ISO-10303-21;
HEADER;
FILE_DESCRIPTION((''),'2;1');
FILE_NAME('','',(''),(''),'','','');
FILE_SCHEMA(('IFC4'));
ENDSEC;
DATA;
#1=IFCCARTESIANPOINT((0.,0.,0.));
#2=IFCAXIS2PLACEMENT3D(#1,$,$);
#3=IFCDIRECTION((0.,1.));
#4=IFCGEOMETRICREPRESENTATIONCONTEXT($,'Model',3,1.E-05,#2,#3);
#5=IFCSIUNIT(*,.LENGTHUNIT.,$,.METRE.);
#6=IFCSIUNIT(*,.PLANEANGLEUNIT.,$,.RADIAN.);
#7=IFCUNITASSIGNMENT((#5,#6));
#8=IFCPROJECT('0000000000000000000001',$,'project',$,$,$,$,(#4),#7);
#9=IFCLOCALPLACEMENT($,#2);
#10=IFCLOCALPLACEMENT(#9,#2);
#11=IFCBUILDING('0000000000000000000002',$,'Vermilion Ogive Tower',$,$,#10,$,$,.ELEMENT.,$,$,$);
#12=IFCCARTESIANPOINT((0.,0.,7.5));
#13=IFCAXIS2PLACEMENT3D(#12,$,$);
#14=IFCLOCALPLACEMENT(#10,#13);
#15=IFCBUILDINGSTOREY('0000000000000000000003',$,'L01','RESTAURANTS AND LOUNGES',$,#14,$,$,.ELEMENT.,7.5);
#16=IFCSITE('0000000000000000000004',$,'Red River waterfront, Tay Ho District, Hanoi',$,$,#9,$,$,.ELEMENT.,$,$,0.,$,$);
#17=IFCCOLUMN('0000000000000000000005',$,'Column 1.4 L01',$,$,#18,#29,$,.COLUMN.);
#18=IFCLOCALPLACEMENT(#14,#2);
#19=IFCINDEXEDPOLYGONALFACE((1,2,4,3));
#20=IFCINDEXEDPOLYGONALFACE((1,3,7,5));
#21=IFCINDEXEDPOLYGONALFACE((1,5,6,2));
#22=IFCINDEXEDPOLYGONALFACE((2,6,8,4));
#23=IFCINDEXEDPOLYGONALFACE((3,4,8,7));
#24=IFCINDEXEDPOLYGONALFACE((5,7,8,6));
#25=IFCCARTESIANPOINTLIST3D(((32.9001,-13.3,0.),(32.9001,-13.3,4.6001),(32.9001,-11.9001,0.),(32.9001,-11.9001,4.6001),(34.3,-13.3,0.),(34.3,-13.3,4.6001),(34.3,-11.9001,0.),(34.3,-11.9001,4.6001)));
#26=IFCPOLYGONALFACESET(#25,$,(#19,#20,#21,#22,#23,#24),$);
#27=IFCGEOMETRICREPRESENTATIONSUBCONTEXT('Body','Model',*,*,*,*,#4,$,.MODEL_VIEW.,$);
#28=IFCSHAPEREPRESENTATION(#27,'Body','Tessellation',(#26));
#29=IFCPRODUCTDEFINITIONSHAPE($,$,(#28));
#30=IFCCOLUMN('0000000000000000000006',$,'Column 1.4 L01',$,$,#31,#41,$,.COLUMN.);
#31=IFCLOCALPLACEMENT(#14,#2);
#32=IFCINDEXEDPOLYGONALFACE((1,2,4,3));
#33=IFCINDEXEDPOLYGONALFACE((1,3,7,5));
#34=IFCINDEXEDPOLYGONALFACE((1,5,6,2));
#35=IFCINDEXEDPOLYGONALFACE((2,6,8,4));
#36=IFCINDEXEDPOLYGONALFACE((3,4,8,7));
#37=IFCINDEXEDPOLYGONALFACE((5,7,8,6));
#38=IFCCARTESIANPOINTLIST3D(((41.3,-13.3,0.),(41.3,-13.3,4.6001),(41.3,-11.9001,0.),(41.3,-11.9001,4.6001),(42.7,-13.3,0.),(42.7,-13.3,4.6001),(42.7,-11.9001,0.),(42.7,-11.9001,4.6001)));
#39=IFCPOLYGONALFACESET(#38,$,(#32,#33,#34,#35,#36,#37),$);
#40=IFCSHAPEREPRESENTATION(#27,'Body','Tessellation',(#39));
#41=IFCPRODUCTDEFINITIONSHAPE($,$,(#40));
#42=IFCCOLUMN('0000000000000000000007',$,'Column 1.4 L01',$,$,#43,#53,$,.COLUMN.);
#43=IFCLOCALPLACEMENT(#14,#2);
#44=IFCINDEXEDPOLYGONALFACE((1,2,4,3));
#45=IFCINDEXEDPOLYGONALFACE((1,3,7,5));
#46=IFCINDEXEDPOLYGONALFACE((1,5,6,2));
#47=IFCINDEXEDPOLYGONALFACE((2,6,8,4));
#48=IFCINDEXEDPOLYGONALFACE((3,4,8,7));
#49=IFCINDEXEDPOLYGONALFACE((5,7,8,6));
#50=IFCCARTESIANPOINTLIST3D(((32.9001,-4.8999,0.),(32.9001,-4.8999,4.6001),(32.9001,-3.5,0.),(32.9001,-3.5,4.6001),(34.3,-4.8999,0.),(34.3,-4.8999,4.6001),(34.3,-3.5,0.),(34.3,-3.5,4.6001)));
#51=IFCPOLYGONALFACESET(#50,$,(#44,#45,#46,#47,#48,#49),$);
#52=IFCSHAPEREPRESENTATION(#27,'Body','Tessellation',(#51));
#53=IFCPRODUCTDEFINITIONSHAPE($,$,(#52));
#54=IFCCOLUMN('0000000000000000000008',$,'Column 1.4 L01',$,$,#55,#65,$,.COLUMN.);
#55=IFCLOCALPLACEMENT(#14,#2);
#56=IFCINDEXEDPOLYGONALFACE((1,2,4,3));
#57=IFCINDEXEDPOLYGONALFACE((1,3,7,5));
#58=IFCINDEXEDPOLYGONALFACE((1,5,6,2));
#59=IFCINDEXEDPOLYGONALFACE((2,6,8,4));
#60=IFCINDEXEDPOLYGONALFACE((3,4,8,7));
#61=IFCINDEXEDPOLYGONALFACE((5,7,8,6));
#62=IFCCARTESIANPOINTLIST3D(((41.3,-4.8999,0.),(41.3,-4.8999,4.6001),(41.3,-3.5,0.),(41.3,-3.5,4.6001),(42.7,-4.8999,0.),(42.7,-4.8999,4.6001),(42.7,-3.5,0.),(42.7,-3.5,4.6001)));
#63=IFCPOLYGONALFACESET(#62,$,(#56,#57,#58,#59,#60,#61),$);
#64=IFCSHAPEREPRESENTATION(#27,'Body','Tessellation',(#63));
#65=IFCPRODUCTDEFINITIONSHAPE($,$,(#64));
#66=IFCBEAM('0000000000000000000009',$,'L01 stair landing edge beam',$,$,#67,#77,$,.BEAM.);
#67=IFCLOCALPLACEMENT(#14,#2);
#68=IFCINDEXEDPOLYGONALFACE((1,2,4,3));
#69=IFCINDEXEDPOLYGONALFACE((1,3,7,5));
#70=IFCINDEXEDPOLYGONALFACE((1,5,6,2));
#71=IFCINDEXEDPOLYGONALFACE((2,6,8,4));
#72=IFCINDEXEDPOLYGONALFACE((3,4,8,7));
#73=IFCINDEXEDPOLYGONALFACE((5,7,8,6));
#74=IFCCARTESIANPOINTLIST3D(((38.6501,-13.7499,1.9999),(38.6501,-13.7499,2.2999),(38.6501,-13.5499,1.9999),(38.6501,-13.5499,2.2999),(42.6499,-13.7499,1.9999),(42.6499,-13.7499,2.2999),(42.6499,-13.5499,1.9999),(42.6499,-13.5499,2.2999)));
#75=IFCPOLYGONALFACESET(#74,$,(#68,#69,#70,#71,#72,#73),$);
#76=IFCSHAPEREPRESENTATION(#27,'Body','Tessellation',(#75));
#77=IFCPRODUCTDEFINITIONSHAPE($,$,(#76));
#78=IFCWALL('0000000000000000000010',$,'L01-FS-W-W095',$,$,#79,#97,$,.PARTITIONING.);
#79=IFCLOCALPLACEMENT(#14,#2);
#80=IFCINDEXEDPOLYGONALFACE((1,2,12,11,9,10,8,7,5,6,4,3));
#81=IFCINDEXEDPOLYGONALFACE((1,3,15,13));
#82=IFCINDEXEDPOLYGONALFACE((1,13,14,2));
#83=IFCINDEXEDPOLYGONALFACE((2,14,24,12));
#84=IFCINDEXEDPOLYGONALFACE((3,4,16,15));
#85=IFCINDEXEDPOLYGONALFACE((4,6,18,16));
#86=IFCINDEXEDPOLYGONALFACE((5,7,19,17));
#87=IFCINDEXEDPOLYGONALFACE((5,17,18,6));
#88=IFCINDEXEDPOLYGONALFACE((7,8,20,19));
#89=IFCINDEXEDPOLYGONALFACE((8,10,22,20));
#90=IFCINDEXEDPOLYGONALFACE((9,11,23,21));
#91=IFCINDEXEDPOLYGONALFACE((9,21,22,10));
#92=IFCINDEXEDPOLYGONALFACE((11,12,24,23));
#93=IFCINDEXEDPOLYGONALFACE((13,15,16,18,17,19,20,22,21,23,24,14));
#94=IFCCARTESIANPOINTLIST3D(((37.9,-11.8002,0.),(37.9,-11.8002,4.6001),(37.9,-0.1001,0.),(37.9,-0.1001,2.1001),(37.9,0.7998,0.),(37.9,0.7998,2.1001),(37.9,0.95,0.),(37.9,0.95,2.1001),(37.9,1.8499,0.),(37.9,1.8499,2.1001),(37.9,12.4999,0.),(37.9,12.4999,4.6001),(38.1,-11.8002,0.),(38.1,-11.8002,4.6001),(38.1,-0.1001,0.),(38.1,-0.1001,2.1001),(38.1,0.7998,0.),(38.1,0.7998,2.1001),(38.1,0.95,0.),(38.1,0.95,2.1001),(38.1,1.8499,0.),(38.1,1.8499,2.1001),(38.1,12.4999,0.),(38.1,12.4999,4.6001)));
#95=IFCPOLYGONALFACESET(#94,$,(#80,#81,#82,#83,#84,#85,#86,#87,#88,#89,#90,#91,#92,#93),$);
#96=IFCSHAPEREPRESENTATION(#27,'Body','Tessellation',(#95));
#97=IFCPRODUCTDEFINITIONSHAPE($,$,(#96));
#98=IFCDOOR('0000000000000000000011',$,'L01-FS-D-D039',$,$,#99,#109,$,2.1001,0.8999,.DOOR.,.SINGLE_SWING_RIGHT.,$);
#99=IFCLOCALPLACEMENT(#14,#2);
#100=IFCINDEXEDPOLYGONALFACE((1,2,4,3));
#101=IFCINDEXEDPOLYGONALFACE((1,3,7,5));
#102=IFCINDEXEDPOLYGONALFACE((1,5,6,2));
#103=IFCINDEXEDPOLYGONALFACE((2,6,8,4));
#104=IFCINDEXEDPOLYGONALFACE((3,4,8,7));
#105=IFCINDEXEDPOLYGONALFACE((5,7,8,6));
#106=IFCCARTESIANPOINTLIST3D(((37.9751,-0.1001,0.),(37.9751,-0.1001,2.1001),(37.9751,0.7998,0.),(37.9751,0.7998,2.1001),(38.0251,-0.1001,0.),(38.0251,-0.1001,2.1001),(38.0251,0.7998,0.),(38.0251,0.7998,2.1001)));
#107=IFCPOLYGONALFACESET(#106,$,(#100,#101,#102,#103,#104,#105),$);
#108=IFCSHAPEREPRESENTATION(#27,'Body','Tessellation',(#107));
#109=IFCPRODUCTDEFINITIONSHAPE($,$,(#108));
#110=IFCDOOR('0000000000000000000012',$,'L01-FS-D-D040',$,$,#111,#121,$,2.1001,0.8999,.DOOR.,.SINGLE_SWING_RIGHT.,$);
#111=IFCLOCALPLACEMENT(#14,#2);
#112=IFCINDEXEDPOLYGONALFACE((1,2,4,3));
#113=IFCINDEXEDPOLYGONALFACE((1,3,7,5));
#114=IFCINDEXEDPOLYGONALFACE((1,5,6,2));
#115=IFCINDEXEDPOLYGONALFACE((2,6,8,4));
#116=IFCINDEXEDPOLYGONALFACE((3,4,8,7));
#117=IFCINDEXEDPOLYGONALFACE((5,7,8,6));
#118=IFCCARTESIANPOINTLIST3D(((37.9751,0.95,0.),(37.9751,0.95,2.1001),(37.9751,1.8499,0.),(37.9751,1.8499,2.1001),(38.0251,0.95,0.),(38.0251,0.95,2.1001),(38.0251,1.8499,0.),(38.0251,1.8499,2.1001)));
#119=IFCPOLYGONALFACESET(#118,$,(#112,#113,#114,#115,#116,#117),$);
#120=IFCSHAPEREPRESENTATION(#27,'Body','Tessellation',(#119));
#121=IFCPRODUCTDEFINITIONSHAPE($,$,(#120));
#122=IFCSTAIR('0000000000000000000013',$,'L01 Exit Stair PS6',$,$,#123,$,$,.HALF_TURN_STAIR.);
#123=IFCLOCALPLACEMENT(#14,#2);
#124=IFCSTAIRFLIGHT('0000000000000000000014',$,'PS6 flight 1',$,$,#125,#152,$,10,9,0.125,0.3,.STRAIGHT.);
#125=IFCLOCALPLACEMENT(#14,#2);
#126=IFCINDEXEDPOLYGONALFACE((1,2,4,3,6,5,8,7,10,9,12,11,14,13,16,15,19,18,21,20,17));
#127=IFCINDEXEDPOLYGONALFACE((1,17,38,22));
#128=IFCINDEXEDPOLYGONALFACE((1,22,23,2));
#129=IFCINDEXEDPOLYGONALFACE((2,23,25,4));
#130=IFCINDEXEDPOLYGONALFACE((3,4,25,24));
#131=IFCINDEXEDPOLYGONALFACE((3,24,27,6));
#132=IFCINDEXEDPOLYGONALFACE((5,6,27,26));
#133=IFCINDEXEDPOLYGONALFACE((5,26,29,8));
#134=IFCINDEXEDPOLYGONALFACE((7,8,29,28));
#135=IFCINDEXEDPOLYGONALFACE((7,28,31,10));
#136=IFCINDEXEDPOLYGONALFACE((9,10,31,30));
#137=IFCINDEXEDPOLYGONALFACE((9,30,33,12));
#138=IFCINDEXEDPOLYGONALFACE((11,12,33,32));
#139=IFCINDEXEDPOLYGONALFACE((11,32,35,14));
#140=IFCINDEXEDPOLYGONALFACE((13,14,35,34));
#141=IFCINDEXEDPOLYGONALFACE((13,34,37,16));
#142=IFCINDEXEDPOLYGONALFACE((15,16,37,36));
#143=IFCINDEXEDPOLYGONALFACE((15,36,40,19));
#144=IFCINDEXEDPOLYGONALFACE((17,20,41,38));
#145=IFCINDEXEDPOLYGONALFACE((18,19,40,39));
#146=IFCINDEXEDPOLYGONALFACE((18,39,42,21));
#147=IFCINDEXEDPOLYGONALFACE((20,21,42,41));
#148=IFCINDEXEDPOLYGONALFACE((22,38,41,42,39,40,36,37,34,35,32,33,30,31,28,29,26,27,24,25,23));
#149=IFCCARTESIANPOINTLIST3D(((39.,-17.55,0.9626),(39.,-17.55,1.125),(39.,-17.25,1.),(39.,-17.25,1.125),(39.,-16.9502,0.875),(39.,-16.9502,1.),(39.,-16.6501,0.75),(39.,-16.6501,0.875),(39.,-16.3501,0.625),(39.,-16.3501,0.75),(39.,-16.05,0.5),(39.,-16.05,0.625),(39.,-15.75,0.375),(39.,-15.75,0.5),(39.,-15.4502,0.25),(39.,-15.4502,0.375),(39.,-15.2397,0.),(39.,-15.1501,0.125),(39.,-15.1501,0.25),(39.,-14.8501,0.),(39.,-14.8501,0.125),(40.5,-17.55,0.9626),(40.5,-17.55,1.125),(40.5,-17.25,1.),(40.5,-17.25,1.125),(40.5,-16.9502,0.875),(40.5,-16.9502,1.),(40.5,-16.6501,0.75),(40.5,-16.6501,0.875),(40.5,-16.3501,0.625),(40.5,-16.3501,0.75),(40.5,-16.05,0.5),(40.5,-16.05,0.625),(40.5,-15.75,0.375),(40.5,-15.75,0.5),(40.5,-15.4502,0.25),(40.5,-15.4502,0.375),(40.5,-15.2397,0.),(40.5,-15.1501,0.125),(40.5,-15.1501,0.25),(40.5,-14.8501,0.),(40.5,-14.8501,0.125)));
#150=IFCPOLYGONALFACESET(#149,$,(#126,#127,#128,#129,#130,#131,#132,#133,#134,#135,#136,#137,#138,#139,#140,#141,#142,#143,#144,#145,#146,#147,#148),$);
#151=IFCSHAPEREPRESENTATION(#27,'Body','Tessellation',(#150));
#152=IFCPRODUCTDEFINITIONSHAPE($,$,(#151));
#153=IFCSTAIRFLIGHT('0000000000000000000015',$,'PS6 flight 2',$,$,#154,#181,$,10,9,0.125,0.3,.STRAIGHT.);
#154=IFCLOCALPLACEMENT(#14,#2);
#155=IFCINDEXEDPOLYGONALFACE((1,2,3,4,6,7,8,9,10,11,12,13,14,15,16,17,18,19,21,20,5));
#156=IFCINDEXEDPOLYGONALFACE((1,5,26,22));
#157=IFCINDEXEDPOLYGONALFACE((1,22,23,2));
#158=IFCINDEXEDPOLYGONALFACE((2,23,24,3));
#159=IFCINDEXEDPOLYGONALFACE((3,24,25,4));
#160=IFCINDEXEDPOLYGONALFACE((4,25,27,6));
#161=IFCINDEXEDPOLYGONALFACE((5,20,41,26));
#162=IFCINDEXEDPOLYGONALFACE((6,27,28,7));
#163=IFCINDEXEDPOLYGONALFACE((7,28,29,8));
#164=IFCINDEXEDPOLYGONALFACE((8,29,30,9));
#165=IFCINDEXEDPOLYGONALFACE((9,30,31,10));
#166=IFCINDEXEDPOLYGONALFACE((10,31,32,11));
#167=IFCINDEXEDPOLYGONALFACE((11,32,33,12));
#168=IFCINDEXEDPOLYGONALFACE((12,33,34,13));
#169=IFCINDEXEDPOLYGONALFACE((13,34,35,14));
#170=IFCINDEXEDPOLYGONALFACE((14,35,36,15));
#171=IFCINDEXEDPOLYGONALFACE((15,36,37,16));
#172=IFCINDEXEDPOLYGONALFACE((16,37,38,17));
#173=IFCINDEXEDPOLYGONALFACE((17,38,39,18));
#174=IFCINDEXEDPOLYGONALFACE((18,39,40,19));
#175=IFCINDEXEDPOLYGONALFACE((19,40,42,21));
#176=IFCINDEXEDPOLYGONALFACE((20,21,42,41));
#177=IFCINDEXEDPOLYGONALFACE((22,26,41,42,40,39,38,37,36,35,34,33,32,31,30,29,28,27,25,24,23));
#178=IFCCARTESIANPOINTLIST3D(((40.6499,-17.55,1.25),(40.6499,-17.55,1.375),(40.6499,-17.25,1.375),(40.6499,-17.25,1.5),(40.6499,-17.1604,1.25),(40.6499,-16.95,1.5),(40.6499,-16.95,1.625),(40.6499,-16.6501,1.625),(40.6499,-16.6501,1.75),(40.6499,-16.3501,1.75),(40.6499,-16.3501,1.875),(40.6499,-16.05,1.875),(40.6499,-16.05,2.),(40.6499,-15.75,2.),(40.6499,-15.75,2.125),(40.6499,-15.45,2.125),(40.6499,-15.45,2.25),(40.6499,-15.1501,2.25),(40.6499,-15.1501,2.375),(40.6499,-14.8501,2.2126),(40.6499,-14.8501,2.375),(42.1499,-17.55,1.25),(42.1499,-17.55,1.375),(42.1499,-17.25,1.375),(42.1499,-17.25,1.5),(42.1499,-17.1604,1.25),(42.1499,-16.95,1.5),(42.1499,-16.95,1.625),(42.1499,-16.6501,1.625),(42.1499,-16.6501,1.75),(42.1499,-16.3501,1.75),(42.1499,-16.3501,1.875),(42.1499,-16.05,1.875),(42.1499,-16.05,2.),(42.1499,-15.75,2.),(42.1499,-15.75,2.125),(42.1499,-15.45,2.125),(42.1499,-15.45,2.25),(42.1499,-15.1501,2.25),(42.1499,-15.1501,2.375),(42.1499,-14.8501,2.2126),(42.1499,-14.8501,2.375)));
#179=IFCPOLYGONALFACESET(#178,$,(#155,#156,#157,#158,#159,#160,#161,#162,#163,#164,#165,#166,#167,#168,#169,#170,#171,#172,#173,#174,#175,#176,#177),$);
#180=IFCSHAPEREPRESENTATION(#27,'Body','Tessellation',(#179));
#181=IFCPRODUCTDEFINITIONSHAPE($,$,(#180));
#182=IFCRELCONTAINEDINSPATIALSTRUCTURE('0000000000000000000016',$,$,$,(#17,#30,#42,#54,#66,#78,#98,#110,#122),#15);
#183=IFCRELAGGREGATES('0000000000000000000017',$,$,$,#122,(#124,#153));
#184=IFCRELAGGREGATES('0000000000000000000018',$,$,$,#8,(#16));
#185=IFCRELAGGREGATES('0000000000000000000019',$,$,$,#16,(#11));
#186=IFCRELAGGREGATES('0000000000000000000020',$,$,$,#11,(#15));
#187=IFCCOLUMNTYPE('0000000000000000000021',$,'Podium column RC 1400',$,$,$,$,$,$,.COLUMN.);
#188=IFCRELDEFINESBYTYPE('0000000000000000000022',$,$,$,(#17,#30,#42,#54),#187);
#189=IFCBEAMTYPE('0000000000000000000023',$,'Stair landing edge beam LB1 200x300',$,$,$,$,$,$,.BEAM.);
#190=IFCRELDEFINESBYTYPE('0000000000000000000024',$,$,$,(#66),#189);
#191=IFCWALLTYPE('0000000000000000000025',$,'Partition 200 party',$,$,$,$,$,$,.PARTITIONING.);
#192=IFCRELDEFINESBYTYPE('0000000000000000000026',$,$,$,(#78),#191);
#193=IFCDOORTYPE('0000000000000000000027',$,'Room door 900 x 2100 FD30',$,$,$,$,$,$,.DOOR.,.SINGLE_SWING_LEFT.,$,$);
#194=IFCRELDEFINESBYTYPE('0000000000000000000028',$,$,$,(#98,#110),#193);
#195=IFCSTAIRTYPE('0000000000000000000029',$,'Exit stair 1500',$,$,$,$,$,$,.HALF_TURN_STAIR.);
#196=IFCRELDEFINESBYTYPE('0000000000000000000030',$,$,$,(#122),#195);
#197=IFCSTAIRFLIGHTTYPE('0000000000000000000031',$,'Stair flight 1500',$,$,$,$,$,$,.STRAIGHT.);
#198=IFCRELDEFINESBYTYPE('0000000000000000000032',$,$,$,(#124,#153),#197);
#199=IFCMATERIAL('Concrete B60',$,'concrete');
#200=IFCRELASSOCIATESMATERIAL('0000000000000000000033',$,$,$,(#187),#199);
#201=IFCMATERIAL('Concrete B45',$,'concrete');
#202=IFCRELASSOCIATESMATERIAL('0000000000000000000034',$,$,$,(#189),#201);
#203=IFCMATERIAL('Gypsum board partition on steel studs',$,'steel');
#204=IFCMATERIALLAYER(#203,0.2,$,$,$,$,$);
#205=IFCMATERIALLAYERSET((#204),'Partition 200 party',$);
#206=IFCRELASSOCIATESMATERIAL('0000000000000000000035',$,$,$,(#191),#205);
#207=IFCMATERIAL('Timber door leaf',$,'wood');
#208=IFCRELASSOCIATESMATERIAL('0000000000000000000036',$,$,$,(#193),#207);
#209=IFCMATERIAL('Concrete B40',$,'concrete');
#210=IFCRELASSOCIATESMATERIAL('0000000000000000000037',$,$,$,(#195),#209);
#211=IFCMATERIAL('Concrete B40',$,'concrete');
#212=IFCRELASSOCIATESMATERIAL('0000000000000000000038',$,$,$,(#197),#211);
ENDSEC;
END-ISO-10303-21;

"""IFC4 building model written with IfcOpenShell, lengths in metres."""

from ifc_helpers import new_model, si_unit, direction, frame, frame_2d, origin, origin_2d, place, context, subcontext, project, spatial, polyline, rectangle, outline, extrude, material, layer, layer_set, material_profile, profile_set, type_object, element, fill, aggregate, save


model = new_model("IFC4")

# Units and contexts
model_context = context("Model", 3, precision=1e-05, world=origin(), true_north=direction((0.0, 1.0)))
body_context = subcontext(model_context, "Body", "Model", "MODEL_VIEW")
ifc_project = project(units=[si_unit("LENGTHUNIT", "METRE"), si_unit("PLANEANGLEUNIT", "RADIAN")], contexts=[model_context])

# Site, building, storey
site_placement = place(None, origin())
site = spatial("IfcSite", under=ifc_project, at=site_placement, Name="Red River waterfront, Tay Ho District, Hanoi", CompositionType="ELEMENT", RefElevation=0.0)
building_placement = place(site_placement, origin())
building = spatial("IfcBuilding", under=site, at=building_placement, Name="Vermilion Ogive Tower", CompositionType="ELEMENT")
storey_placement = place(building_placement, frame((0.0, 0.0, 7.5)))
storey = spatial("IfcBuildingStorey", under=building, at=storey_placement, Name="L01", Description="RESTAURANTS AND LOUNGES", CompositionType="ELEMENT", Elevation=7.5)

# Columns
ifc_material_1 = material(Name="Concrete B60", Category="concrete")
ifc_material_profile_1 = material_profile(ifc_material_1, rectangle(XDim=1.3999, YDim=1.3999, at=origin_2d()), Name="RC 1400x1400")
ifc_profile_set_1 = profile_set([ifc_material_profile_1], Name="Concrete B60")
column_type = type_object("IfcColumnType", Name="Podium column RC 1400", PredefinedType="COLUMN", material=ifc_profile_set_1)
for number, where, z_axis, x_axis, name in (
    (1, (33.6001, -12.6001, 0.0), (0.0, 0.0, 1.0), (1.0, 0.0, 0.0), "Column 1.4 L01"),
    (2, (42.0, -12.6001, 0.0), (0.0, 0.0, 1.0), (1.0, 0.0, 0.0), "Column 1.4 L01"),
    (3, (33.6001, -4.2, 0.0), (0.0, 0.0, 1.0), (1.0, 0.0, 0.0), "Column 1.4 L01"),
    (4, (42.0, -4.2, 0.0), (0.0, 0.0, 1.0), (1.0, 0.0, 0.0), "Column 1.4 L01"),
):
    element("IfcColumn", number, at=place(storey_placement, frame(where, z_axis=z_axis, x_axis=x_axis)), inside=storey, type_object=column_type, Name=name, PredefinedType="COLUMN", context=body_context, shape_type="SweptSolid", body=[
        extrude(rectangle(XDim=1.3999, YDim=1.3999, at=origin_2d()), origin(), (0.0, 0.0, 1.0), 4.6001),
    ])

# Beam
ifc_material_2 = material(Name="Concrete B45", Category="concrete")
ifc_material_profile_2 = material_profile(ifc_material_2, rectangle(XDim=0.2, YDim=0.3, at=origin_2d()), Name="RC 200x300")
ifc_profile_set_2 = profile_set([ifc_material_profile_2], Name="Concrete B45")
beam_type = type_object("IfcBeamType", Name="Stair landing edge beam LB1 200x300", PredefinedType="BEAM", material=ifc_profile_set_2)
beam_placement = place(storey_placement, frame((38.6501, -13.6499, 2.1499), z_axis=(1.0, 0.0, 0.0), x_axis=(0.0, 1.0, 0.0)))
element("IfcBeam", 5, at=beam_placement, inside=storey, type_object=beam_type, Name="L01 stair landing edge beam", PredefinedType="BEAM", context=body_context, shape_type="SweptSolid", body=[
    extrude(rectangle(XDim=0.2, YDim=0.3, at=origin_2d()), origin(), (0.0, 0.0, 1.0), 3.9998),
])

# Wall, openings, doors
ifc_material_3 = material(Name="Gypsum board partition on steel studs", Category="steel")
ifc_layer = layer(ifc_material_3, 0.2)
ifc_layer_set = layer_set([ifc_layer], Name="Partition 200 party")
wall_type = type_object("IfcWallType", Name="Partition 200 party", PredefinedType="PARTITIONING", material=ifc_layer_set)
wall_placement = place(storey_placement, frame((38.0, -11.8, 0.0), z_axis=(0.0, 0.0, 1.0), x_axis=(0.0, 1.0, 0.0)))
wall = element("IfcWall", 6, at=wall_placement, inside=storey, type_object=wall_type, Name="L01-FS-W-W095", PredefinedType="PARTITIONING", context=body_context, shape_type="SweptSolid", body=[
    extrude(rectangle(XDim=24.3, YDim=0.2, at=frame_2d((12.1499, 0.0))), origin(), (0.0, 0.0, 1.0), 4.6001),
])
opening_1_placement = place(wall_placement, frame((11.7, 0.0, 0.0)))
opening_1 = element("IfcOpeningElement", 7, at=opening_1_placement, cuts=wall, PredefinedType="OPENING", context=body_context, shape_type="SweptSolid", body=[
    extrude(rectangle(XDim=0.8999, YDim=2.1001, at=frame_2d((0.45, 1.05))), frame((0.0, 0.1099, 0.0), z_axis=(0.0, -1.0, 0.0), x_axis=(1.0, 0.0, 0.0)), (0.0, 0.0, 1.0), 0.22),
])
opening_2_placement = place(wall_placement, frame((12.75, 0.0, 0.0)))
opening_2 = element("IfcOpeningElement", 8, at=opening_2_placement, cuts=wall, PredefinedType="OPENING", context=body_context, shape_type="SweptSolid", body=[
    extrude(rectangle(XDim=0.8999, YDim=2.1001, at=frame_2d((0.45, 1.05))), frame((0.0, 0.1099, 0.0), z_axis=(0.0, -1.0, 0.0), x_axis=(1.0, 0.0, 0.0)), (0.0, 0.0, 1.0), 0.22),
])
ifc_material_4 = material(Name="Timber door leaf", Category="wood")
door_type = type_object("IfcDoorType", Name="Room door 900 x 2100 FD30", OperationType="SINGLE_SWING_LEFT", PredefinedType="DOOR", material=ifc_material_4)
door_1_placement = place(opening_1_placement, origin())
door_1 = element("IfcDoor", 9, at=door_1_placement, inside=storey, type_object=door_type, Name="L01-FS-D-D039", OperationType="SINGLE_SWING_RIGHT", OverallHeight=2.1001, OverallWidth=0.8999, PredefinedType="DOOR", context=body_context, shape_type="SweptSolid", body=[
    extrude(rectangle(XDim=0.8999, YDim=2.1001, at=frame_2d((0.45, 1.05))), frame((0.0, 0.0249, 0.0), z_axis=(0.0, -1.0, 0.0), x_axis=(1.0, 0.0, 0.0)), (0.0, 0.0, 1.0), 0.05),
])
fill(opening_1, door_1)
door_2_placement = place(opening_2_placement, origin())
door_2 = element("IfcDoor", 10, at=door_2_placement, inside=storey, type_object=door_type, Name="L01-FS-D-D040", OperationType="SINGLE_SWING_RIGHT", OverallHeight=2.1001, OverallWidth=0.8999, PredefinedType="DOOR", context=body_context, shape_type="SweptSolid", body=[
    extrude(rectangle(XDim=0.8999, YDim=2.1001, at=frame_2d((0.45, 1.05))), frame((0.0, 0.0249, 0.0), z_axis=(0.0, -1.0, 0.0), x_axis=(1.0, 0.0, 0.0)), (0.0, 0.0, 1.0), 0.05),
])
fill(opening_2, door_2)

# Stair, stair flights
ifc_material_5 = material(Name="Concrete B40", Category="concrete")
stair_type = type_object("IfcStairType", Name="Exit stair 1500", PredefinedType="HALF_TURN_STAIR", material=ifc_material_5)
stair_placement = place(storey_placement, origin())
stair = element("IfcStair", 11, at=stair_placement, inside=storey, type_object=stair_type, Name="L01 Exit Stair PS6", PredefinedType="HALF_TURN_STAIR")
ifc_material_6 = material(Name="Concrete B40", Category="concrete")
stair_flight_type = type_object("IfcStairFlightType", Name="Stair flight 1500", PredefinedType="STRAIGHT", material=ifc_material_6)
stair_flight_1_placement = place(storey_placement, frame((39.75, -14.8501, 0.0), z_axis=(0.0, 0.0, 1.0), x_axis=(0.0, -1.0, 0.0)))
stair_flight_1 = element("IfcStairFlight", 12, at=stair_flight_1_placement, type_object=stair_flight_type, Name="PS6 flight 1", NumberOfRisers=10, NumberOfTreads=9, PredefinedType="STRAIGHT", RiserHeight=0.125, TreadLength=0.3, context=body_context, shape_type="SweptSolid", body=[
    extrude(outline(polyline([(0.0, 0.0), (0.0, 0.125), (0.3, 0.125), (0.3, 0.25), (0.6001, 0.25), (0.6001, 0.375), (0.8999, 0.375), (0.8999, 0.5), (1.2, 0.5), (1.2, 0.625), (1.5, 0.625), (1.5, 0.75), (1.8, 0.75), (1.8, 0.875), (2.1001, 0.875), (2.1001, 1.0), (2.3999, 1.0), (2.3999, 1.125), (2.7, 1.125), (2.7, 1.25), (2.7, 0.9626), (0.3896, 0.0), (0.0, 0.0)])), frame((0.0, 0.75, 0.0), z_axis=(0.0, -1.0, 0.0), x_axis=(1.0, 0.0, 0.0)), (0.0, 0.0, 1.0), 1.5),
])
stair_flight_2_placement = place(storey_placement, frame((41.3999, -17.55, 1.25), z_axis=(0.0, 0.0, 1.0), x_axis=(0.0, 1.0, 0.0)))
stair_flight_2 = element("IfcStairFlight", 13, at=stair_flight_2_placement, type_object=stair_flight_type, Name="PS6 flight 2", NumberOfRisers=10, NumberOfTreads=9, PredefinedType="STRAIGHT", RiserHeight=0.125, TreadLength=0.3, context=body_context, shape_type="SweptSolid", body=[
    extrude(outline(polyline([(0.0, 0.0), (0.0, 0.125), (0.3, 0.125), (0.3, 0.25), (0.6001, 0.25), (0.6001, 0.375), (0.8999, 0.375), (0.8999, 0.5), (1.2, 0.5), (1.2, 0.625), (1.5, 0.625), (1.5, 0.75), (1.8, 0.75), (1.8, 0.875), (2.1001, 0.875), (2.1001, 1.0), (2.3999, 1.0), (2.3999, 1.125), (2.7, 1.125), (2.7, 1.25), (2.7, 0.9626), (0.3896, 0.0), (0.0, 0.0)])), frame((0.0, 0.75, 0.0), z_axis=(0.0, -1.0, 0.0), x_axis=(1.0, 0.0, 0.0)), (0.0, 0.0, 1.0), 1.5),
])
aggregate(stair, [stair_flight_1, stair_flight_2])

save(model, "model.ifc")
